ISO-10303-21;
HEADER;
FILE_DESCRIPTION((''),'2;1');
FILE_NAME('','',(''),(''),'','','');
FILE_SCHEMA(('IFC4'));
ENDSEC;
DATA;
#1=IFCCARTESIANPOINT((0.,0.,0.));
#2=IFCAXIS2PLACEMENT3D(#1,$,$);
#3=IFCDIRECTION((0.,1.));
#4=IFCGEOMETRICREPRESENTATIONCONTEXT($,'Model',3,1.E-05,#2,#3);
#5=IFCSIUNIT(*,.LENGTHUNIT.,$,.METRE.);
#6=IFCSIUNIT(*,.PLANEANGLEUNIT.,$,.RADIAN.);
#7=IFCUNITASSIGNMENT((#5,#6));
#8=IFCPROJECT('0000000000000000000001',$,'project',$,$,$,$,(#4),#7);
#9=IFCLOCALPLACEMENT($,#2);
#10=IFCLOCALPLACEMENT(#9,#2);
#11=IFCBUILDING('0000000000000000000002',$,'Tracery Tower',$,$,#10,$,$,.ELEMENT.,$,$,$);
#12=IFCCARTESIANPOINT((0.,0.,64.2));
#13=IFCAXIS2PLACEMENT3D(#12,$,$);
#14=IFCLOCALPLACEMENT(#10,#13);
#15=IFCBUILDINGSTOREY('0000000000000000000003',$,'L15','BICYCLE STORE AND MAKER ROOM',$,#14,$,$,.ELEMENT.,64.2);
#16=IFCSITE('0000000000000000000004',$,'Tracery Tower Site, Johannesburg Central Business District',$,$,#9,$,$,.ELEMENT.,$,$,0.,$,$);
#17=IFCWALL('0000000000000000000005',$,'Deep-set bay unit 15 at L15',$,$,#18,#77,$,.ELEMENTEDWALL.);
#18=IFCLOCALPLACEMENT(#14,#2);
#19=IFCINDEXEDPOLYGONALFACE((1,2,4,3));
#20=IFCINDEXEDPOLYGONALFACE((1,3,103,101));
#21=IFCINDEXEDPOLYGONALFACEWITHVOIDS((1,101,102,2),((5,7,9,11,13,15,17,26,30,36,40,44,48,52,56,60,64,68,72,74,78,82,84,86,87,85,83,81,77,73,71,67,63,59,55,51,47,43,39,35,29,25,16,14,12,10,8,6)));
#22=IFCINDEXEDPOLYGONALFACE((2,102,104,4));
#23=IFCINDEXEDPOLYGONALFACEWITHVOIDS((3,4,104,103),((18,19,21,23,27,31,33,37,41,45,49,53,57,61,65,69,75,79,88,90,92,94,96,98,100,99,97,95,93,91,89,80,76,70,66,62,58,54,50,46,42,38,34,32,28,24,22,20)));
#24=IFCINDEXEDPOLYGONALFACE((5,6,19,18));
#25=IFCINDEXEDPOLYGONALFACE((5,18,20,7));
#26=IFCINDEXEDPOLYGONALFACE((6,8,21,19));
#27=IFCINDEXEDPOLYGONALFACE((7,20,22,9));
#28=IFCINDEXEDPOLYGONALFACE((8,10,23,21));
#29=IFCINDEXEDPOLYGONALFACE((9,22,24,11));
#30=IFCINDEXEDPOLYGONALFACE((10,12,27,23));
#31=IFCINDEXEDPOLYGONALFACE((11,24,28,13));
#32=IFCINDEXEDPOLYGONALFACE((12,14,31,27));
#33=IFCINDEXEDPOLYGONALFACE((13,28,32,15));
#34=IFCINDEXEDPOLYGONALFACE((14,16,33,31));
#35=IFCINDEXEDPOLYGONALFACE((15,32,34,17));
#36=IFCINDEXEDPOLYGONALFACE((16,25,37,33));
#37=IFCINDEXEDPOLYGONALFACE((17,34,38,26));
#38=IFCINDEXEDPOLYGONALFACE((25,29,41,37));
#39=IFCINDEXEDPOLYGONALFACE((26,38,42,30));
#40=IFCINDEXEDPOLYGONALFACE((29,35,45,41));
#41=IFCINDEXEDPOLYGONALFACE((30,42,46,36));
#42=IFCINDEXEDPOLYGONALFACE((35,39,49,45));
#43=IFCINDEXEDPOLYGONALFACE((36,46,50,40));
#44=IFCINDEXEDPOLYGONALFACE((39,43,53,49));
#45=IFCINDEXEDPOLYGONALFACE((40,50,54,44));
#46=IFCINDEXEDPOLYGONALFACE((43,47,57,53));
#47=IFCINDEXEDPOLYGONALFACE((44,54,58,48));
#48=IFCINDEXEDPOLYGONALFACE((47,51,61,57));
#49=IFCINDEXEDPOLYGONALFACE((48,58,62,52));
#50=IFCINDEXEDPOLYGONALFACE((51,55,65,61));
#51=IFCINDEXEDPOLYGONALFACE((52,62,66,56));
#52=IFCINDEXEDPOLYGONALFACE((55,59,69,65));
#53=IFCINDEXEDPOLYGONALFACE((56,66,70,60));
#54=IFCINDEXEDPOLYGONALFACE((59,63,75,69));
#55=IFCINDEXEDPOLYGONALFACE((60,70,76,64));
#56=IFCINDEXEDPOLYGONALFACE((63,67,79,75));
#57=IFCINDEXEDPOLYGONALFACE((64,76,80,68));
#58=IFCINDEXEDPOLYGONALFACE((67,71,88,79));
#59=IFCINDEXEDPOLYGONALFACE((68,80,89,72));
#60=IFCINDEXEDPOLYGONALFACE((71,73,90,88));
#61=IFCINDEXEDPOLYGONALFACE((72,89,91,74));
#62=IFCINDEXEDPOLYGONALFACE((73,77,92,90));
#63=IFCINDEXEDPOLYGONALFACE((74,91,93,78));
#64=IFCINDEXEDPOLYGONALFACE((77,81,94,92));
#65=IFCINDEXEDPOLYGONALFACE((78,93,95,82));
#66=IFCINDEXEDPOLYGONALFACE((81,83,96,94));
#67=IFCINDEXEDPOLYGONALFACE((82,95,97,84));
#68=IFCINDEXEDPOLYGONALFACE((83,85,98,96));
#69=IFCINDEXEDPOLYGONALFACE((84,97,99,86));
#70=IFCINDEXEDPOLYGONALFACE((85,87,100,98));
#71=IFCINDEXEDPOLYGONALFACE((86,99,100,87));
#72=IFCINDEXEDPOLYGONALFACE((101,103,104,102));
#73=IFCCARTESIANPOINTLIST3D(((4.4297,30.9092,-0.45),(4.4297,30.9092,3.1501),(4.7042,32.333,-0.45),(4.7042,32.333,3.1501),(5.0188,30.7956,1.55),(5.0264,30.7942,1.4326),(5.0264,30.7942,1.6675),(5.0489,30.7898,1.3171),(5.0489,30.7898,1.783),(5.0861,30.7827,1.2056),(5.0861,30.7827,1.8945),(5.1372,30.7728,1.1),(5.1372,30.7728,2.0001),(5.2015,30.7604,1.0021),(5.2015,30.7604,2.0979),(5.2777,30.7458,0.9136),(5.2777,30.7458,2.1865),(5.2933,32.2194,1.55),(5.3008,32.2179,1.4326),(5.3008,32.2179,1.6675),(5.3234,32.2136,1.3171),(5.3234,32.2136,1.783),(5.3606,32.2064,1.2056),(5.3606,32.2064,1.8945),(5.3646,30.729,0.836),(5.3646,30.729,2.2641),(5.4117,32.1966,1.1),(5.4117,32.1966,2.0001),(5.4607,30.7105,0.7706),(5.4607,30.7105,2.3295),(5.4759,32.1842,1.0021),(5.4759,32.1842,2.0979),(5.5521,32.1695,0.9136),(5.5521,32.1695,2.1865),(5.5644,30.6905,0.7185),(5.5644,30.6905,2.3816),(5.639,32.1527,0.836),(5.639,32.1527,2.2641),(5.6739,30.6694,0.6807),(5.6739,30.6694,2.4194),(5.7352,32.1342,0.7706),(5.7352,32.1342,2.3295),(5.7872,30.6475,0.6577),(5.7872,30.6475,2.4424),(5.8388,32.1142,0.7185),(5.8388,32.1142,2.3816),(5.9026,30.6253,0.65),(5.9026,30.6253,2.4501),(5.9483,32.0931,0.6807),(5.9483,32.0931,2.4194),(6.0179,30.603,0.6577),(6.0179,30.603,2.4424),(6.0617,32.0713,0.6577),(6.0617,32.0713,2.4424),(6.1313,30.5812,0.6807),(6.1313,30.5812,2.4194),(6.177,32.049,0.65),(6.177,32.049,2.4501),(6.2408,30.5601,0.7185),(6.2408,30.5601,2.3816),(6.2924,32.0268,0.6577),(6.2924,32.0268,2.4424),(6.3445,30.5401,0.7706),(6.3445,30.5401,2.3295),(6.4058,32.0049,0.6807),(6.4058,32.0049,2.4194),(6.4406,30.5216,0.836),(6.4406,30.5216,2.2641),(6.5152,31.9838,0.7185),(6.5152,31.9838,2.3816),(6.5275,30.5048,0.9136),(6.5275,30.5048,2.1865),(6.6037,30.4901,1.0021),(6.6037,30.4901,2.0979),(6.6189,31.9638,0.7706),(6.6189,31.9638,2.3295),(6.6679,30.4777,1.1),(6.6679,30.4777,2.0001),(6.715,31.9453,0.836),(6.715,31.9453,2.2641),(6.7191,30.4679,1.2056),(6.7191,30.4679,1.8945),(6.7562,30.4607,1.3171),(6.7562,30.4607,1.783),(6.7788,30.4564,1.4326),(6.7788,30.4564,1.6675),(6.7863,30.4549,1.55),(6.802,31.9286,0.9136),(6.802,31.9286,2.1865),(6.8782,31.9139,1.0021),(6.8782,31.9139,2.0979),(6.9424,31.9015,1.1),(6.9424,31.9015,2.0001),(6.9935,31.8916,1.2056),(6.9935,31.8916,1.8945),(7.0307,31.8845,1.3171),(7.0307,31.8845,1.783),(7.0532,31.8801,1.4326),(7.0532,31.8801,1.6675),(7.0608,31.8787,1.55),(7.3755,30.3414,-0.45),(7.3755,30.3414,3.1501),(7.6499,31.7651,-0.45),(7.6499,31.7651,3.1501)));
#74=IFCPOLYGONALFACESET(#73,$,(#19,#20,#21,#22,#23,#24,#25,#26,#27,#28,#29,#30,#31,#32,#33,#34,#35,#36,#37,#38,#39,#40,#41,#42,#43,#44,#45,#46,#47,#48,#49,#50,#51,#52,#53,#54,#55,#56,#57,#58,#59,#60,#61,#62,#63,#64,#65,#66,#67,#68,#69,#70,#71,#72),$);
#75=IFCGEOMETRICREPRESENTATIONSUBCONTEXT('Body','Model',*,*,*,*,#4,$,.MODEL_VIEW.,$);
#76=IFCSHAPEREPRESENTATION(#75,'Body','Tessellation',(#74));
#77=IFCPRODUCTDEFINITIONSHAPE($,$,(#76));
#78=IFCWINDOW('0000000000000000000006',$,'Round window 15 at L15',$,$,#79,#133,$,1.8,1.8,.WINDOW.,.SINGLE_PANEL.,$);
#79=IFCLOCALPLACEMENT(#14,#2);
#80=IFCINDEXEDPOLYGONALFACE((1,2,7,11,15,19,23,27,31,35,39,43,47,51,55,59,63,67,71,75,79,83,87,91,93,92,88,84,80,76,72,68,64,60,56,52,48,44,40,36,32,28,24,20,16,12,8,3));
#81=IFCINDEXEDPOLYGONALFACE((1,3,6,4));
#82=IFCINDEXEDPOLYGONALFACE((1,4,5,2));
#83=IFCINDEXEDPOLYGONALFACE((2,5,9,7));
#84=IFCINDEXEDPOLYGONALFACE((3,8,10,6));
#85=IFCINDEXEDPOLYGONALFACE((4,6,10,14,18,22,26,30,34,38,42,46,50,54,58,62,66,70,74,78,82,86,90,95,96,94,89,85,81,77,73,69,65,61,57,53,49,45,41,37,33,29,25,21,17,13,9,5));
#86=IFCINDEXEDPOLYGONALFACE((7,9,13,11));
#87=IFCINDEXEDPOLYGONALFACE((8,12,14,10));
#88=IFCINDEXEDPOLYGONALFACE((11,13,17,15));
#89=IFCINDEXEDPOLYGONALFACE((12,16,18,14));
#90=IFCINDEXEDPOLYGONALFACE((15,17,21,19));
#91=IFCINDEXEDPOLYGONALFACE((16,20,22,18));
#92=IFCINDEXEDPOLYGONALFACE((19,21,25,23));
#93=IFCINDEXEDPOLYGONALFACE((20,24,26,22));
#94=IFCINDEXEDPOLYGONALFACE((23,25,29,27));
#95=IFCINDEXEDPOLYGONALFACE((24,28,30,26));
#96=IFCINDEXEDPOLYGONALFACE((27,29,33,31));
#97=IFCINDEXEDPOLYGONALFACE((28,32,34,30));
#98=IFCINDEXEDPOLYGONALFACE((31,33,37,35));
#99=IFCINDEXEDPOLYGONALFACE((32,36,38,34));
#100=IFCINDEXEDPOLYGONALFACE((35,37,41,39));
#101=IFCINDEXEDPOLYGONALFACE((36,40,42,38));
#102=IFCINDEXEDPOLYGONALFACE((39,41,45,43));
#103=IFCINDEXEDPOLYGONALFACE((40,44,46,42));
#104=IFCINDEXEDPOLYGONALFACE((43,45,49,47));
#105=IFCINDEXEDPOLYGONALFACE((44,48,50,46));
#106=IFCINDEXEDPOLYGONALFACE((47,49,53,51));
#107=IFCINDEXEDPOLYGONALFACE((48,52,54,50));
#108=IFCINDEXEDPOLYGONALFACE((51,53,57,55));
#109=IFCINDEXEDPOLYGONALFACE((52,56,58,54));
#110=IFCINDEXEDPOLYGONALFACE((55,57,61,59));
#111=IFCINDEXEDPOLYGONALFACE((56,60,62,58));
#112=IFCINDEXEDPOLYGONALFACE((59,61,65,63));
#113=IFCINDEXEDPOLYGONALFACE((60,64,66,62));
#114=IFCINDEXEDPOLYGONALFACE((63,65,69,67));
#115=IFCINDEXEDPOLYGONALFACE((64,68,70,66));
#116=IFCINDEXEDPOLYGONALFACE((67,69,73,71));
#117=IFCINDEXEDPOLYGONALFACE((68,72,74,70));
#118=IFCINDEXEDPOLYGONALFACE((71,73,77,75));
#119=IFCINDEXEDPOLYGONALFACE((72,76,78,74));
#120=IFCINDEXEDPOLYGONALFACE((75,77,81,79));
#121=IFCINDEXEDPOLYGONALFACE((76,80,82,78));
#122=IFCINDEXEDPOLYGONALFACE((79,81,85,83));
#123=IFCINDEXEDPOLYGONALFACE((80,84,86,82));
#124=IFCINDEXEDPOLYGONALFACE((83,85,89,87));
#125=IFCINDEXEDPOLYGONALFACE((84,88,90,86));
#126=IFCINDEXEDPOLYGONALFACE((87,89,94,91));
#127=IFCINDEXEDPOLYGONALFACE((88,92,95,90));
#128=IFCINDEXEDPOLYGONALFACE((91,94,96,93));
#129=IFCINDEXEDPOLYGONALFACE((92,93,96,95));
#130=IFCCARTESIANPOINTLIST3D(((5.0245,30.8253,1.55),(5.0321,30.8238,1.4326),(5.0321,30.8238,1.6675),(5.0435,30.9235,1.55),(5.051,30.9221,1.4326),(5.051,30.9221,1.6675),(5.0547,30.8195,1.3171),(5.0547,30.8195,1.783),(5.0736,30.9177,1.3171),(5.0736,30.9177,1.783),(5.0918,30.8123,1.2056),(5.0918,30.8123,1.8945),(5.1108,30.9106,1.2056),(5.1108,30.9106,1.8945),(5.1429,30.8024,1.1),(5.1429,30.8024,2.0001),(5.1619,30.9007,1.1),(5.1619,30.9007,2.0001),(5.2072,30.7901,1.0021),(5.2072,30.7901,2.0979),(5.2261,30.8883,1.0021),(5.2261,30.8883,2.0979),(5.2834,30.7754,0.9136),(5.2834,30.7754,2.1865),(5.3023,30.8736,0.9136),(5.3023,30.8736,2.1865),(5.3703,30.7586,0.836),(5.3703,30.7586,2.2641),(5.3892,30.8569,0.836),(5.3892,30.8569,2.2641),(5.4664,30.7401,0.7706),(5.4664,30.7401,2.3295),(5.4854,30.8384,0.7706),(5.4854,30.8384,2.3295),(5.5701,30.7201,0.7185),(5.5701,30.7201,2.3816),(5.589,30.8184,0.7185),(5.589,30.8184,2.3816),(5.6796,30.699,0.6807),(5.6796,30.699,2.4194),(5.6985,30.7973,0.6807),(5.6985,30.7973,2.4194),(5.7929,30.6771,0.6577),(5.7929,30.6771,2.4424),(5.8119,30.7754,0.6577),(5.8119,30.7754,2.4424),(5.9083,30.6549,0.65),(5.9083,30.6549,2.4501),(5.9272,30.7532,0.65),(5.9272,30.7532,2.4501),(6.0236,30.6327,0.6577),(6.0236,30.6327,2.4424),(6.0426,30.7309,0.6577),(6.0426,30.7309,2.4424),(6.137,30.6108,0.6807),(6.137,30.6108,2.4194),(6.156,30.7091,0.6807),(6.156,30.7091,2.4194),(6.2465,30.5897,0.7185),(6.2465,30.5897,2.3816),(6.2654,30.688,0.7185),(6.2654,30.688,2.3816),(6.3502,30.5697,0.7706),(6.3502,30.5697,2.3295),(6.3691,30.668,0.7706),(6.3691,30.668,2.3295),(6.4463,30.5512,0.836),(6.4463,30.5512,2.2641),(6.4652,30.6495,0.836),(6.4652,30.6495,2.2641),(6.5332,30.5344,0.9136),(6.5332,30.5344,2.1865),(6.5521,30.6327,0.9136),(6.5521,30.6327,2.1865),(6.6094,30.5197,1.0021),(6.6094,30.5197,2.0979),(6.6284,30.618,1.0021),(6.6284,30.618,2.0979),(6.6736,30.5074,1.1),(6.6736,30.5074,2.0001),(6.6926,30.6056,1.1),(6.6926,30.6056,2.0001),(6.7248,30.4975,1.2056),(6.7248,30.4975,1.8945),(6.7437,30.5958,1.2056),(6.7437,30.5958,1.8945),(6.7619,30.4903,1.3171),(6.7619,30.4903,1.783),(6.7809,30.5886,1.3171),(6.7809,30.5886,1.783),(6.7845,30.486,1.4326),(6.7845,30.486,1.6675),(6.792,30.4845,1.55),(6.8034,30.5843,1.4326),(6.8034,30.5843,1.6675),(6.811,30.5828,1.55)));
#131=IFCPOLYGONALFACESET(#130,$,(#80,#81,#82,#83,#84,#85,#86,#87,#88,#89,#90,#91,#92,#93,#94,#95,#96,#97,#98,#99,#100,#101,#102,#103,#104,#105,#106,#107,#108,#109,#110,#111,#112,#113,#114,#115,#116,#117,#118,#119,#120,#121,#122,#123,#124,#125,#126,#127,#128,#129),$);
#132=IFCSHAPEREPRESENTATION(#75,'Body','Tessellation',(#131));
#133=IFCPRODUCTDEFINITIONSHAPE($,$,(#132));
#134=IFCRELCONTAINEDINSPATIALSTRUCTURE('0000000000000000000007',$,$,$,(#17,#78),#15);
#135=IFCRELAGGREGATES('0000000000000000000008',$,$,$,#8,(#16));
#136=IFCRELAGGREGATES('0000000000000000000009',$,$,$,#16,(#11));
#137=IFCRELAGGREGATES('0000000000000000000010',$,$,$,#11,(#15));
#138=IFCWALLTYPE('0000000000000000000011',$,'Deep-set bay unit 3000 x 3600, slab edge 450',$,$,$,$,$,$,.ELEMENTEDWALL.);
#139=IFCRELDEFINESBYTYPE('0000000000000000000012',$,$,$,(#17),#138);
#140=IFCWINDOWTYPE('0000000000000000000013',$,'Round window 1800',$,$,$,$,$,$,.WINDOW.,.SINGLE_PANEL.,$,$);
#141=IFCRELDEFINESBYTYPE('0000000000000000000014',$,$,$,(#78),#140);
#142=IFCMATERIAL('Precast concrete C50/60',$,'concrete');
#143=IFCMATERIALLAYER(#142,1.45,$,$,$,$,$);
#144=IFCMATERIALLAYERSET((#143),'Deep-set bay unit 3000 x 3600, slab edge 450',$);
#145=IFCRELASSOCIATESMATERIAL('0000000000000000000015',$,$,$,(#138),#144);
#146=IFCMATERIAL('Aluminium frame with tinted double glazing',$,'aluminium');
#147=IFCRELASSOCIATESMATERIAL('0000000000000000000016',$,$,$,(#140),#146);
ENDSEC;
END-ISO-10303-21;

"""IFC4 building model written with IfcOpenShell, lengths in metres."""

from ifc_helpers import new_model, si_unit, direction, frame, frame_2d, origin, origin_2d, place, context, subcontext, project, spatial, rectangle, circle, extrude, material, layer, layer_set, type_object, element, fill, save


model = new_model("IFC4")

# Units and contexts
model_context = context("Model", 3, precision=1e-05, world=origin(), true_north=direction((0.0, 1.0)))
body_context = subcontext(model_context, "Body", "Model", "MODEL_VIEW")
ifc_project = project(units=[si_unit("LENGTHUNIT", "METRE"), si_unit("PLANEANGLEUNIT", "RADIAN")], contexts=[model_context])

# Site, building, storey
site_placement = place(None, origin())
site = spatial("IfcSite", under=ifc_project, at=site_placement, Name="Tracery Tower Site, Johannesburg Central Business District", CompositionType="ELEMENT", RefElevation=0.0)
building_placement = place(site_placement, origin())
building = spatial("IfcBuilding", under=site, at=building_placement, Name="Tracery Tower", CompositionType="ELEMENT")
storey_placement = place(building_placement, frame((0.0, 0.0, 64.2)))
storey = spatial("IfcBuildingStorey", under=building, at=storey_placement, Name="L15", Description="BICYCLE STORE AND MAKER ROOM", CompositionType="ELEMENT", Elevation=64.2)

# Wall, opening, window
ifc_material_1 = material(Name="Precast concrete C50/60", Category="concrete")
ifc_layer_1 = layer(ifc_material_1, 1.45)
ifc_layer_set_1 = layer_set([ifc_layer_1], Name="Deep-set bay unit 3000 x 3600, slab edge 450")
wall_type_1 = type_object("IfcWallType", Name="Deep-set bay unit 3000 x 3600, slab edge 450", PredefinedType="ELEMENTEDWALL", material=ifc_layer_set_1)
wall_1_placement = place(storey_placement, frame((7.5127, 31.0532, -0.45), z_axis=(0.0, 0.0, 1.0), x_axis=(-0.981922, 0.189288, 0.0)))
wall_1 = element("IfcWall", 1, at=wall_1_placement, inside=storey, type_object=wall_type_1, Name="Deep-set bay unit 15 at L15", PredefinedType="ELEMENTEDWALL", context=body_context, shape_type="SweptSolid", body=[
    extrude(rectangle(XDim=3.0, YDim=1.45, at=frame_2d((1.5, 0.0))), origin(), (0.0, 0.0, 1.0), 3.6001),
])
opening_1_placement = place(wall_1_placement, frame((1.5, 0.0, 2.0)))
opening_1 = element("IfcOpeningElement", 2, at=opening_1_placement, cuts=wall_1, PredefinedType="OPENING", context=body_context, shape_type="SweptSolid", body=[
    extrude(circle(Radius=0.9, at=origin_2d()), frame((0.0, 0.7349, 0.0), z_axis=(0.0, -1.0, 0.0), x_axis=(1.0, 0.0, 0.0)), (0.0, 0.0, 1.0), 1.47),
])
ifc_material_2 = material(Name="Aluminium frame with tinted double glazing", Category="aluminium")
window_type = type_object("IfcWindowType", Name="Round window 1800", PartitioningType="SINGLE_PANEL", PredefinedType="WINDOW", material=ifc_material_2)
window_1_placement = place(opening_1_placement, origin())
window_1 = element("IfcWindow", 3, at=window_1_placement, inside=storey, type_object=window_type, Name="Round window 15 at L15", OverallHeight=1.8, OverallWidth=1.8, PartitioningType="SINGLE_PANEL", PredefinedType="WINDOW", context=body_context, shape_type="SweptSolid", body=[
    extrude(circle(Radius=0.9, at=origin_2d()), frame((0.0, 0.6948, 0.0), z_axis=(0.0, -1.0, 0.0), x_axis=(1.0, 0.0, 0.0)), (0.0, 0.0, 1.0), 0.1001),
])
fill(opening_1, window_1)

save(model, "model.ifc")
